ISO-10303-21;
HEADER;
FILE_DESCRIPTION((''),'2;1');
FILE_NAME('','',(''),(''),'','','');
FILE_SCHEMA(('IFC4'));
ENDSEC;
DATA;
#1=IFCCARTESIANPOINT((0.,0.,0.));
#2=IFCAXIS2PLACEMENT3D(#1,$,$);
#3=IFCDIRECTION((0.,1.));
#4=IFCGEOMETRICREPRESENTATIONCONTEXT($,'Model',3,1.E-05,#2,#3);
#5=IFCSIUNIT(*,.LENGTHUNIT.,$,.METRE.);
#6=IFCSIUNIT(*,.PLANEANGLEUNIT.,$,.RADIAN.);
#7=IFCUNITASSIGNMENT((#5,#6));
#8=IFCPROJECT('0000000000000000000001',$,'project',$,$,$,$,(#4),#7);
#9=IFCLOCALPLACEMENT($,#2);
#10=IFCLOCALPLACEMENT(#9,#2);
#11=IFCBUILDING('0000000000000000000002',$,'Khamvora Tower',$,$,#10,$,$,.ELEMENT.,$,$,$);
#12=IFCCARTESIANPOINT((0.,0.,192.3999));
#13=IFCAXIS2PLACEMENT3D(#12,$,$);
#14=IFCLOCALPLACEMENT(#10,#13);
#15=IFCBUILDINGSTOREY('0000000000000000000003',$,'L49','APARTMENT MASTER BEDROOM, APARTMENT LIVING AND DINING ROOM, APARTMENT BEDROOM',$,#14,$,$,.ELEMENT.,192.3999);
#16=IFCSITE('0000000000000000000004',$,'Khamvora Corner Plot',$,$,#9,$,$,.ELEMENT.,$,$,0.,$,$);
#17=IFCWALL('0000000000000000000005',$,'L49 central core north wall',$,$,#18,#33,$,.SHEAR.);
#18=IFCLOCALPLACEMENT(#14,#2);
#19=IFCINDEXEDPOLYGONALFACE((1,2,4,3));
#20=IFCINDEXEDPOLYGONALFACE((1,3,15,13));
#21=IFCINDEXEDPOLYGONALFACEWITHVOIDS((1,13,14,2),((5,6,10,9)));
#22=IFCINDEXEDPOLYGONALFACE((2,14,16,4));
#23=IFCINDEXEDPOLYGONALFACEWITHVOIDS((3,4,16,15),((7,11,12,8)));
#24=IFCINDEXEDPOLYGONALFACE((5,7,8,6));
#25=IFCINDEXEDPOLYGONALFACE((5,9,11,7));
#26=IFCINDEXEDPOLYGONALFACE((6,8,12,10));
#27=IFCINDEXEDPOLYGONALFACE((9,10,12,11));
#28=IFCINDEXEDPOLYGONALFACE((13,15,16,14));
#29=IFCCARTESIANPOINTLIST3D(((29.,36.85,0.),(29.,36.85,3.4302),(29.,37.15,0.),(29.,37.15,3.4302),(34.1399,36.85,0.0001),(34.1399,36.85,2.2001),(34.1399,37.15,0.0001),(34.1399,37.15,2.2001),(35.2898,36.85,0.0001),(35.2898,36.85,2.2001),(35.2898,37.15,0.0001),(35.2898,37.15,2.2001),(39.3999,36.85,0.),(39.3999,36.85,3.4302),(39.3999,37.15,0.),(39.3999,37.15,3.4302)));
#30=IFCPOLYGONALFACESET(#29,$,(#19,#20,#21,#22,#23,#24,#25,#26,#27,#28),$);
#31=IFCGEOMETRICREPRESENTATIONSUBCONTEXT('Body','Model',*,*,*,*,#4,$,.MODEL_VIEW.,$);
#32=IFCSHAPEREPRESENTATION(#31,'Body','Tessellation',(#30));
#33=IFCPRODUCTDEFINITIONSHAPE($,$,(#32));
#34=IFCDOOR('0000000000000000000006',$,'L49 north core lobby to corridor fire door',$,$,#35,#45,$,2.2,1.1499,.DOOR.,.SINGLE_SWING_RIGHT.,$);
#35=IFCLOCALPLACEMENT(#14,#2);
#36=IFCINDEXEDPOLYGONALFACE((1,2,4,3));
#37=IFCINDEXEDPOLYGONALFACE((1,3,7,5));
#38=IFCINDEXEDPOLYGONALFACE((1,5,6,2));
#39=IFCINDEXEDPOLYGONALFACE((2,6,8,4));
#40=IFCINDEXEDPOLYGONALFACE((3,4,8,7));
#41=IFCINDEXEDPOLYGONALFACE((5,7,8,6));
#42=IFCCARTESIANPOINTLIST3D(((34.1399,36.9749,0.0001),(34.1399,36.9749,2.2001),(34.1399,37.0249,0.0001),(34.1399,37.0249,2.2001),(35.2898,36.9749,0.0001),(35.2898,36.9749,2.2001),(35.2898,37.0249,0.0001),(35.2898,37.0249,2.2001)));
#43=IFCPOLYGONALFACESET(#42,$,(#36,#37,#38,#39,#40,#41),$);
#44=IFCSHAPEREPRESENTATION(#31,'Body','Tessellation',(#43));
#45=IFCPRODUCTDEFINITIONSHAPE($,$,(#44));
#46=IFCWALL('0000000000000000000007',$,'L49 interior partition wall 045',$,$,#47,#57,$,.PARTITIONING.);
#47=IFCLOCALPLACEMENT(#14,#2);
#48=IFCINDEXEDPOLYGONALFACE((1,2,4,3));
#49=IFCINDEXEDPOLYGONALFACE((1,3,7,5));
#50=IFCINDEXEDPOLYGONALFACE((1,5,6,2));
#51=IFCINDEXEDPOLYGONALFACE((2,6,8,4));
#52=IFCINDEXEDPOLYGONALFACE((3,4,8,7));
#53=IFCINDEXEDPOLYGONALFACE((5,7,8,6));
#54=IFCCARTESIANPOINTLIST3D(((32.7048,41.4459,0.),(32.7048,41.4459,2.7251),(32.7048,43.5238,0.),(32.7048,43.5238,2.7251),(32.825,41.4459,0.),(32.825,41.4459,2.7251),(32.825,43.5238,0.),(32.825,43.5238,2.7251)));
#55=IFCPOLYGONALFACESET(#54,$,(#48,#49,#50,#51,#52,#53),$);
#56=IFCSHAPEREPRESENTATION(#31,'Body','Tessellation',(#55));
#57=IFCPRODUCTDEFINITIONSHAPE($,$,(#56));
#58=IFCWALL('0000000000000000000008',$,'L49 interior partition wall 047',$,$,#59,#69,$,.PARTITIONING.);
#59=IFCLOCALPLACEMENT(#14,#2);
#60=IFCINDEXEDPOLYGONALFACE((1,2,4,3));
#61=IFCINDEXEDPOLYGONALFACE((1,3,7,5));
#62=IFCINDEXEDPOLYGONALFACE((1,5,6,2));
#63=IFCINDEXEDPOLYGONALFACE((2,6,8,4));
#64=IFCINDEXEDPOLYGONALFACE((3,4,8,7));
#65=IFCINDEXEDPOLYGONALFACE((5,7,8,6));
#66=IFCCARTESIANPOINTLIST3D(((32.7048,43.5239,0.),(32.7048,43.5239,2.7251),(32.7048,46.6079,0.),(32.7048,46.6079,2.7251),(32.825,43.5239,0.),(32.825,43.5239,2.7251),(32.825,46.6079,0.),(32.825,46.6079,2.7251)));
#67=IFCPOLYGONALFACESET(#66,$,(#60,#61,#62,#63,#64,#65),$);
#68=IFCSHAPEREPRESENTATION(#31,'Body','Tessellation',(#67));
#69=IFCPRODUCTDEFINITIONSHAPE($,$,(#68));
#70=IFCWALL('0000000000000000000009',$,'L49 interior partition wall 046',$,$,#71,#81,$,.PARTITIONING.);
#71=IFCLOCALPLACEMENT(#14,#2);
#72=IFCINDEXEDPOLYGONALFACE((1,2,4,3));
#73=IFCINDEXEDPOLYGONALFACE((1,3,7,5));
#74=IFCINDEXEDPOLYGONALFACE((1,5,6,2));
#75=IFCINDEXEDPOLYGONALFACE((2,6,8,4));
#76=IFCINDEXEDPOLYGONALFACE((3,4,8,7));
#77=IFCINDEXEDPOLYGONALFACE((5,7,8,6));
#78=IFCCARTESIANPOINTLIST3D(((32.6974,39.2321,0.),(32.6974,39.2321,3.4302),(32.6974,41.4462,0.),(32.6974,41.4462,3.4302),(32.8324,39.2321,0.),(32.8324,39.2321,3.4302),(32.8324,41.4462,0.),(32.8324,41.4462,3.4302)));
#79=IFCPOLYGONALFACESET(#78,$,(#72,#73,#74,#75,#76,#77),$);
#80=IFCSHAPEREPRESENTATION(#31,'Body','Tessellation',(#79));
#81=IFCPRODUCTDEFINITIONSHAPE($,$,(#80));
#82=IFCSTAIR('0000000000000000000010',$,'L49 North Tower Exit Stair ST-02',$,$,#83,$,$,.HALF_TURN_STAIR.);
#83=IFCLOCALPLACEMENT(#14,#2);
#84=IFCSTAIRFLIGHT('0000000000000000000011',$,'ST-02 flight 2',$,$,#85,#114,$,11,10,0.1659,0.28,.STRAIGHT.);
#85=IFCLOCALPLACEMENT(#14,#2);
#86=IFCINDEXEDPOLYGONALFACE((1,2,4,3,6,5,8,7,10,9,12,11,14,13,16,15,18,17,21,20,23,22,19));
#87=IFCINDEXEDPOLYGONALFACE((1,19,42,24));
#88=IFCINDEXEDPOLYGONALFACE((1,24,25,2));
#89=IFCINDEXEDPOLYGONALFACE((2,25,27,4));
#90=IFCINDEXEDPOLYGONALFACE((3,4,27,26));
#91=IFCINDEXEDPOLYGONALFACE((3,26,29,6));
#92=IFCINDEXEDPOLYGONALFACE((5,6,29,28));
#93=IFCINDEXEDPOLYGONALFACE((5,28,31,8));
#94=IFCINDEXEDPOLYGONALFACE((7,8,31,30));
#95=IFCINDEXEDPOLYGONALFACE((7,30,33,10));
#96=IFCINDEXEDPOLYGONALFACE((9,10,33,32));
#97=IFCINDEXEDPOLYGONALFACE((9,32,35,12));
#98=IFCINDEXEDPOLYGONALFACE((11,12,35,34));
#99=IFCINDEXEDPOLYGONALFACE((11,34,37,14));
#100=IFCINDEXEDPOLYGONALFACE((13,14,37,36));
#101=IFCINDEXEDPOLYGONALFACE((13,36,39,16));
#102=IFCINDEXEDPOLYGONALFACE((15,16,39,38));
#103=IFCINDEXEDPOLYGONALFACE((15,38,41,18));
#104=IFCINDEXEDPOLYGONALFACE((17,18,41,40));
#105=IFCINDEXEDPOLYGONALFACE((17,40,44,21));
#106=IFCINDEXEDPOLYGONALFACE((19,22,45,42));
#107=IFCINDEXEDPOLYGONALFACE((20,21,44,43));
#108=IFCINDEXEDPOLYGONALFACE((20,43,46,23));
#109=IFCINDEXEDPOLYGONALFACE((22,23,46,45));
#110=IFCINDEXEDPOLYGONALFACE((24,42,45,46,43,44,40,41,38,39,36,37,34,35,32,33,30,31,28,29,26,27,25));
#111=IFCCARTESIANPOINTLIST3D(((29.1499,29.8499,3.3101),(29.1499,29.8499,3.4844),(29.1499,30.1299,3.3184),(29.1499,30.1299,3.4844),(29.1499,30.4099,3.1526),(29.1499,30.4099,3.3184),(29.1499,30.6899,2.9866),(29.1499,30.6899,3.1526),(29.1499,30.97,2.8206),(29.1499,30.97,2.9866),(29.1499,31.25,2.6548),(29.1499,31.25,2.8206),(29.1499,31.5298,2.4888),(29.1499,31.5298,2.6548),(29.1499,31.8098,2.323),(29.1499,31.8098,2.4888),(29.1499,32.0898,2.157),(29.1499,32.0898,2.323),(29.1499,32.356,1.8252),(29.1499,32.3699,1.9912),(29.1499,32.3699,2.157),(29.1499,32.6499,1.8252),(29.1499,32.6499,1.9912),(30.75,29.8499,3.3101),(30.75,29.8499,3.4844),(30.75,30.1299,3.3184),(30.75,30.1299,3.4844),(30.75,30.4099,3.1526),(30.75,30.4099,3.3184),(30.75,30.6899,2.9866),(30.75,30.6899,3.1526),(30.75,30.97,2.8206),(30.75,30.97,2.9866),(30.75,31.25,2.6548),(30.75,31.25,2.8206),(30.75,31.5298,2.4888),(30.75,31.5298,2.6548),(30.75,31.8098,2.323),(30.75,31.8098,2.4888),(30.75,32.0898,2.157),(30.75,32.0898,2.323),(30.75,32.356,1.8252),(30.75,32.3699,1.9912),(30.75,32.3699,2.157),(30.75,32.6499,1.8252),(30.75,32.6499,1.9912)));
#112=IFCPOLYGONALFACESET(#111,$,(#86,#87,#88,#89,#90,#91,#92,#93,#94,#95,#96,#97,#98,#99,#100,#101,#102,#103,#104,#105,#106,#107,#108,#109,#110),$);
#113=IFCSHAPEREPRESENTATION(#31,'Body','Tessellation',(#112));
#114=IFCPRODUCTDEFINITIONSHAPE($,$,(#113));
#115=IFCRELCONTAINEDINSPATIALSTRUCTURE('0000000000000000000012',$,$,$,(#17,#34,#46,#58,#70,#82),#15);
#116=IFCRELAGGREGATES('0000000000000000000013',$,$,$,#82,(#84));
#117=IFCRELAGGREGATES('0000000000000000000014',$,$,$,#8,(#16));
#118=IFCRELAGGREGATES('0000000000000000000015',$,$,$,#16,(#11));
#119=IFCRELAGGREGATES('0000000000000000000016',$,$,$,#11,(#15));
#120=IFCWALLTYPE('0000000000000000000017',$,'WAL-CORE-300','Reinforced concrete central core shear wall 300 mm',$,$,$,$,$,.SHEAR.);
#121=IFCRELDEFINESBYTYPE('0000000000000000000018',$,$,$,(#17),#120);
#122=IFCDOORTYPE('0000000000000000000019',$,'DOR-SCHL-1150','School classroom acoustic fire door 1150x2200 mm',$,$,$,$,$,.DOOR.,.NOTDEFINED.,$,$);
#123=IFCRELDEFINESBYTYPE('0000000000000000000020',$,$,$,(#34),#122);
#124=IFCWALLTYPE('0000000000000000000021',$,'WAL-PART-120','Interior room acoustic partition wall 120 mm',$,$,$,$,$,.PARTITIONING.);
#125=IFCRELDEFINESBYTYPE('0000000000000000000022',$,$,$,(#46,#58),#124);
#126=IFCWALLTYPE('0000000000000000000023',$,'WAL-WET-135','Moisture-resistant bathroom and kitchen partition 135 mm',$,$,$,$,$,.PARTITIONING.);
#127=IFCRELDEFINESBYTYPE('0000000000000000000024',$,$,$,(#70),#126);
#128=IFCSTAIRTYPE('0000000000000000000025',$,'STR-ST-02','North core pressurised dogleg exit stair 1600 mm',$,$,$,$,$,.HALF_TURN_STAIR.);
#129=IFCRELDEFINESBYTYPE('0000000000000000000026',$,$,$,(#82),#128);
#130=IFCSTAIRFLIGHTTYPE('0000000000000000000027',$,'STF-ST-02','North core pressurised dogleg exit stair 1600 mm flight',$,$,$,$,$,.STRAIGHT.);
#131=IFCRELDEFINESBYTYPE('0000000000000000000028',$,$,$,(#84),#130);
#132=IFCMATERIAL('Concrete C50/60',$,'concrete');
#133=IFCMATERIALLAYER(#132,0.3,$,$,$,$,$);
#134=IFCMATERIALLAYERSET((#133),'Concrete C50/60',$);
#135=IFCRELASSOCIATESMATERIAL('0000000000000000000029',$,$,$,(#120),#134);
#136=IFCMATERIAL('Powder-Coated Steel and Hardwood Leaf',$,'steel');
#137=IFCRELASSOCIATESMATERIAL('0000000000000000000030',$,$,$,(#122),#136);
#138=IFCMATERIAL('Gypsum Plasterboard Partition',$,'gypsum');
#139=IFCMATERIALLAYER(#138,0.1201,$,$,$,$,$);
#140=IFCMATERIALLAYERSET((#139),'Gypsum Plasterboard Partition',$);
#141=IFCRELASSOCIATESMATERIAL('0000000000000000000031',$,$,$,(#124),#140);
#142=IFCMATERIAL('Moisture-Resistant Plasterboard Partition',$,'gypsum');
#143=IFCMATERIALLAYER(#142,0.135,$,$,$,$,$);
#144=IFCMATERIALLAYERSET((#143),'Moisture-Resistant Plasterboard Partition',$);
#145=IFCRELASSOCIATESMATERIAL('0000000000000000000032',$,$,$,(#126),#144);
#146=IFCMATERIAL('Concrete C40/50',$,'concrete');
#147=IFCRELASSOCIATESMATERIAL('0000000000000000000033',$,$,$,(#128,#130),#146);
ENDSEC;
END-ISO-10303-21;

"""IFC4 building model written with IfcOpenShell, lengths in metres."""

from ifc_helpers import new_model, si_unit, direction, frame, frame_2d, origin, place, context, subcontext, project, spatial, polyline, rectangle, outline, extrude, material, layer, layer_set, type_object, element, fill, aggregate, save


model = new_model("IFC4")

# Units and contexts
model_context = context("Model", 3, precision=1e-05, world=origin(), true_north=direction((0.0, 1.0)))
body_context = subcontext(model_context, "Body", "Model", "MODEL_VIEW")
ifc_project = project(units=[si_unit("LENGTHUNIT", "METRE"), si_unit("PLANEANGLEUNIT", "RADIAN")], contexts=[model_context])

# Site, building, storey
site_placement = place(None, origin())
site = spatial("IfcSite", under=ifc_project, at=site_placement, Name="Khamvora Corner Plot", CompositionType="ELEMENT", RefElevation=0.0)
building_placement = place(site_placement, origin())
building = spatial("IfcBuilding", under=site, at=building_placement, Name="Khamvora Tower", CompositionType="ELEMENT")
storey_placement = place(building_placement, frame((0.0, 0.0, 192.3999)))
storey = spatial("IfcBuildingStorey", under=building, at=storey_placement, Name="L49", Description="APARTMENT MASTER BEDROOM, APARTMENT LIVING AND DINING ROOM, APARTMENT BEDROOM", CompositionType="ELEMENT", Elevation=192.3999)

# Wall, opening, door
ifc_material_1 = material(Name="Concrete C50/60", Category="concrete")
ifc_layer_1 = layer(ifc_material_1, 0.3)
ifc_layer_set_1 = layer_set([ifc_layer_1], Name="Concrete C50/60")
wall_type_1 = type_object("IfcWallType", Name="WAL-CORE-300", Description="Reinforced concrete central core shear wall 300 mm", PredefinedType="SHEAR", material=ifc_layer_set_1)
wall_1_placement = place(storey_placement, frame((29.0, 37.0, 0.0), z_axis=(0.0, 0.0, 1.0), x_axis=(1.0, 0.0, 0.0)))
wall_1 = element("IfcWall", 1, at=wall_1_placement, inside=storey, type_object=wall_type_1, Name="L49 central core north wall", PredefinedType="SHEAR", context=body_context, shape_type="SweptSolid", body=[
    extrude(rectangle(XDim=10.3999, YDim=0.3, at=frame_2d((5.2, 0.0))), origin(), (0.0, 0.0, 1.0), 3.4302),
])
opening_placement = place(wall_1_placement, frame((5.1399, 0.0, 0.0)))
opening = element("IfcOpeningElement", 2, at=opening_placement, cuts=wall_1, PredefinedType="OPENING", context=body_context, shape_type="SweptSolid", body=[
    extrude(rectangle(XDim=1.1499, YDim=2.2, at=frame_2d((0.575, 1.1001))), frame((0.0, 0.1599, 0.0), z_axis=(0.0, -1.0, 0.0), x_axis=(1.0, 0.0, 0.0)), (0.0, 0.0, 1.0), 0.3201),
])
ifc_material_2 = material(Name="Powder-Coated Steel and Hardwood Leaf", Category="steel")
door_type = type_object("IfcDoorType", Name="DOR-SCHL-1150", Description="School classroom acoustic fire door 1150x2200 mm", OperationType="NOTDEFINED", PredefinedType="DOOR", material=ifc_material_2)
door_placement = place(opening_placement, origin())
door = element("IfcDoor", 3, at=door_placement, inside=storey, type_object=door_type, Name="L49 north core lobby to corridor fire door", OperationType="SINGLE_SWING_RIGHT", OverallHeight=2.2, OverallWidth=1.1499, PredefinedType="DOOR", context=body_context, shape_type="SweptSolid", body=[
    extrude(rectangle(XDim=1.1499, YDim=2.2, at=frame_2d((0.575, 1.1001))), frame((0.0, 0.0249, 0.0), z_axis=(0.0, -1.0, 0.0), x_axis=(1.0, 0.0, 0.0)), (0.0, 0.0, 1.0), 0.05),
])
fill(opening, door)

# Walls
ifc_material_3 = material(Name="Gypsum Plasterboard Partition", Category="gypsum")
ifc_layer_2 = layer(ifc_material_3, 0.1201)
ifc_layer_set_2 = layer_set([ifc_layer_2], Name="Gypsum Plasterboard Partition")
wall_type_2 = type_object("IfcWallType", Name="WAL-PART-120", Description="Interior room acoustic partition wall 120 mm", PredefinedType="PARTITIONING", material=ifc_layer_set_2)
wall_2_placement = place(storey_placement, frame((32.7649, 43.5239, 0.0), z_axis=(0.0, 0.0, 1.0), x_axis=(0.0, -1.0, 0.0)))
element("IfcWall", 4, at=wall_2_placement, inside=storey, type_object=wall_type_2, Name="L49 interior partition wall 045", PredefinedType="PARTITIONING", context=body_context, shape_type="SweptSolid", body=[
    extrude(rectangle(XDim=2.0779, YDim=0.1201, at=frame_2d((1.0391, 0.0))), origin(), (0.0, 0.0, 1.0), 2.7251),
])
wall_3_placement = place(storey_placement, frame((32.7649, 46.6079, 0.0), z_axis=(0.0, 0.0, 1.0), x_axis=(0.0, -1.0, 0.0)))
element("IfcWall", 5, at=wall_3_placement, inside=storey, type_object=wall_type_2, Name="L49 interior partition wall 047", PredefinedType="PARTITIONING", context=body_context, shape_type="SweptSolid", body=[
    extrude(rectangle(XDim=3.084, YDim=0.1201, at=frame_2d((1.542, 0.0))), origin(), (0.0, 0.0, 1.0), 2.7251),
])
ifc_material_4 = material(Name="Moisture-Resistant Plasterboard Partition", Category="gypsum")
ifc_layer_3 = layer(ifc_material_4, 0.135)
ifc_layer_set_3 = layer_set([ifc_layer_3], Name="Moisture-Resistant Plasterboard Partition")
wall_type_3 = type_object("IfcWallType", Name="WAL-WET-135", Description="Moisture-resistant bathroom and kitchen partition 135 mm", PredefinedType="PARTITIONING", material=ifc_layer_set_3)
wall_4_placement = place(storey_placement, frame((32.7649, 41.446, 0.0), z_axis=(0.0, 0.0, 1.0), x_axis=(0.0, -1.0, 0.0)))
element("IfcWall", 6, at=wall_4_placement, inside=storey, type_object=wall_type_3, Name="L49 interior partition wall 046", PredefinedType="PARTITIONING", context=body_context, shape_type="SweptSolid", body=[
    extrude(rectangle(XDim=2.2141, YDim=0.135, at=frame_2d((1.1069, 0.0))), origin(), (0.0, 0.0, 1.0), 3.4302),
])

# Stair, stair flight
ifc_material_5 = material(Name="Concrete C40/50", Category="concrete")
stair_type = type_object("IfcStairType", Name="STR-ST-02", Description="North core pressurised dogleg exit stair 1600 mm", PredefinedType="HALF_TURN_STAIR", material=ifc_material_5)
stair_placement = place(storey_placement, origin())
stair = element("IfcStair", 7, at=stair_placement, inside=storey, type_object=stair_type, Name="L49 North Tower Exit Stair ST-02", PredefinedType="HALF_TURN_STAIR")
stair_flight_type = type_object("IfcStairFlightType", Name="STF-ST-02", Description="North core pressurised dogleg exit stair 1600 mm flight", PredefinedType="STRAIGHT", material=ifc_material_5)
stair_flight_placement = place(storey_placement, frame((29.95, 32.6499, 1.8252), z_axis=(0.0, 0.0, 1.0), x_axis=(0.0, -1.0, 0.0)))
stair_flight = element("IfcStairFlight", 8, at=stair_flight_placement, type_object=stair_flight_type, Name="ST-02 flight 2", NumberOfRisers=11, NumberOfTreads=10, PredefinedType="STRAIGHT", RiserHeight=0.1659, TreadLength=0.28, context=body_context, shape_type="SweptSolid", body=[
    extrude(outline(polyline([(0.0, 0.0), (0.0, 0.166), (0.28, 0.166), (0.28, 0.3318), (0.5601, 0.3318), (0.5601, 0.4978), (0.8401, 0.4978), (0.8401, 0.6636), (1.1201, 0.6636), (1.1201, 0.8296), (1.3999, 0.8296), (1.3999, 0.9954), (1.6799, 0.9954), (1.6799, 1.1614), (1.96, 1.1614), (1.96, 1.3274), (2.24, 1.3274), (2.24, 1.4932), (2.52, 1.4932), (2.52, 1.6592), (2.8, 1.6592), (2.8, 1.825), (2.8, 1.4849), (0.2939, 0.0), (0.0, 0.0)])), frame((0.0, 0.8, 0.0), z_axis=(0.0, -1.0, 0.0), x_axis=(1.0, 0.0, 0.0)), (0.0, 0.0, 1.0), 1.6001),
])
aggregate(stair, [stair_flight])

save(model, "model.ifc")
